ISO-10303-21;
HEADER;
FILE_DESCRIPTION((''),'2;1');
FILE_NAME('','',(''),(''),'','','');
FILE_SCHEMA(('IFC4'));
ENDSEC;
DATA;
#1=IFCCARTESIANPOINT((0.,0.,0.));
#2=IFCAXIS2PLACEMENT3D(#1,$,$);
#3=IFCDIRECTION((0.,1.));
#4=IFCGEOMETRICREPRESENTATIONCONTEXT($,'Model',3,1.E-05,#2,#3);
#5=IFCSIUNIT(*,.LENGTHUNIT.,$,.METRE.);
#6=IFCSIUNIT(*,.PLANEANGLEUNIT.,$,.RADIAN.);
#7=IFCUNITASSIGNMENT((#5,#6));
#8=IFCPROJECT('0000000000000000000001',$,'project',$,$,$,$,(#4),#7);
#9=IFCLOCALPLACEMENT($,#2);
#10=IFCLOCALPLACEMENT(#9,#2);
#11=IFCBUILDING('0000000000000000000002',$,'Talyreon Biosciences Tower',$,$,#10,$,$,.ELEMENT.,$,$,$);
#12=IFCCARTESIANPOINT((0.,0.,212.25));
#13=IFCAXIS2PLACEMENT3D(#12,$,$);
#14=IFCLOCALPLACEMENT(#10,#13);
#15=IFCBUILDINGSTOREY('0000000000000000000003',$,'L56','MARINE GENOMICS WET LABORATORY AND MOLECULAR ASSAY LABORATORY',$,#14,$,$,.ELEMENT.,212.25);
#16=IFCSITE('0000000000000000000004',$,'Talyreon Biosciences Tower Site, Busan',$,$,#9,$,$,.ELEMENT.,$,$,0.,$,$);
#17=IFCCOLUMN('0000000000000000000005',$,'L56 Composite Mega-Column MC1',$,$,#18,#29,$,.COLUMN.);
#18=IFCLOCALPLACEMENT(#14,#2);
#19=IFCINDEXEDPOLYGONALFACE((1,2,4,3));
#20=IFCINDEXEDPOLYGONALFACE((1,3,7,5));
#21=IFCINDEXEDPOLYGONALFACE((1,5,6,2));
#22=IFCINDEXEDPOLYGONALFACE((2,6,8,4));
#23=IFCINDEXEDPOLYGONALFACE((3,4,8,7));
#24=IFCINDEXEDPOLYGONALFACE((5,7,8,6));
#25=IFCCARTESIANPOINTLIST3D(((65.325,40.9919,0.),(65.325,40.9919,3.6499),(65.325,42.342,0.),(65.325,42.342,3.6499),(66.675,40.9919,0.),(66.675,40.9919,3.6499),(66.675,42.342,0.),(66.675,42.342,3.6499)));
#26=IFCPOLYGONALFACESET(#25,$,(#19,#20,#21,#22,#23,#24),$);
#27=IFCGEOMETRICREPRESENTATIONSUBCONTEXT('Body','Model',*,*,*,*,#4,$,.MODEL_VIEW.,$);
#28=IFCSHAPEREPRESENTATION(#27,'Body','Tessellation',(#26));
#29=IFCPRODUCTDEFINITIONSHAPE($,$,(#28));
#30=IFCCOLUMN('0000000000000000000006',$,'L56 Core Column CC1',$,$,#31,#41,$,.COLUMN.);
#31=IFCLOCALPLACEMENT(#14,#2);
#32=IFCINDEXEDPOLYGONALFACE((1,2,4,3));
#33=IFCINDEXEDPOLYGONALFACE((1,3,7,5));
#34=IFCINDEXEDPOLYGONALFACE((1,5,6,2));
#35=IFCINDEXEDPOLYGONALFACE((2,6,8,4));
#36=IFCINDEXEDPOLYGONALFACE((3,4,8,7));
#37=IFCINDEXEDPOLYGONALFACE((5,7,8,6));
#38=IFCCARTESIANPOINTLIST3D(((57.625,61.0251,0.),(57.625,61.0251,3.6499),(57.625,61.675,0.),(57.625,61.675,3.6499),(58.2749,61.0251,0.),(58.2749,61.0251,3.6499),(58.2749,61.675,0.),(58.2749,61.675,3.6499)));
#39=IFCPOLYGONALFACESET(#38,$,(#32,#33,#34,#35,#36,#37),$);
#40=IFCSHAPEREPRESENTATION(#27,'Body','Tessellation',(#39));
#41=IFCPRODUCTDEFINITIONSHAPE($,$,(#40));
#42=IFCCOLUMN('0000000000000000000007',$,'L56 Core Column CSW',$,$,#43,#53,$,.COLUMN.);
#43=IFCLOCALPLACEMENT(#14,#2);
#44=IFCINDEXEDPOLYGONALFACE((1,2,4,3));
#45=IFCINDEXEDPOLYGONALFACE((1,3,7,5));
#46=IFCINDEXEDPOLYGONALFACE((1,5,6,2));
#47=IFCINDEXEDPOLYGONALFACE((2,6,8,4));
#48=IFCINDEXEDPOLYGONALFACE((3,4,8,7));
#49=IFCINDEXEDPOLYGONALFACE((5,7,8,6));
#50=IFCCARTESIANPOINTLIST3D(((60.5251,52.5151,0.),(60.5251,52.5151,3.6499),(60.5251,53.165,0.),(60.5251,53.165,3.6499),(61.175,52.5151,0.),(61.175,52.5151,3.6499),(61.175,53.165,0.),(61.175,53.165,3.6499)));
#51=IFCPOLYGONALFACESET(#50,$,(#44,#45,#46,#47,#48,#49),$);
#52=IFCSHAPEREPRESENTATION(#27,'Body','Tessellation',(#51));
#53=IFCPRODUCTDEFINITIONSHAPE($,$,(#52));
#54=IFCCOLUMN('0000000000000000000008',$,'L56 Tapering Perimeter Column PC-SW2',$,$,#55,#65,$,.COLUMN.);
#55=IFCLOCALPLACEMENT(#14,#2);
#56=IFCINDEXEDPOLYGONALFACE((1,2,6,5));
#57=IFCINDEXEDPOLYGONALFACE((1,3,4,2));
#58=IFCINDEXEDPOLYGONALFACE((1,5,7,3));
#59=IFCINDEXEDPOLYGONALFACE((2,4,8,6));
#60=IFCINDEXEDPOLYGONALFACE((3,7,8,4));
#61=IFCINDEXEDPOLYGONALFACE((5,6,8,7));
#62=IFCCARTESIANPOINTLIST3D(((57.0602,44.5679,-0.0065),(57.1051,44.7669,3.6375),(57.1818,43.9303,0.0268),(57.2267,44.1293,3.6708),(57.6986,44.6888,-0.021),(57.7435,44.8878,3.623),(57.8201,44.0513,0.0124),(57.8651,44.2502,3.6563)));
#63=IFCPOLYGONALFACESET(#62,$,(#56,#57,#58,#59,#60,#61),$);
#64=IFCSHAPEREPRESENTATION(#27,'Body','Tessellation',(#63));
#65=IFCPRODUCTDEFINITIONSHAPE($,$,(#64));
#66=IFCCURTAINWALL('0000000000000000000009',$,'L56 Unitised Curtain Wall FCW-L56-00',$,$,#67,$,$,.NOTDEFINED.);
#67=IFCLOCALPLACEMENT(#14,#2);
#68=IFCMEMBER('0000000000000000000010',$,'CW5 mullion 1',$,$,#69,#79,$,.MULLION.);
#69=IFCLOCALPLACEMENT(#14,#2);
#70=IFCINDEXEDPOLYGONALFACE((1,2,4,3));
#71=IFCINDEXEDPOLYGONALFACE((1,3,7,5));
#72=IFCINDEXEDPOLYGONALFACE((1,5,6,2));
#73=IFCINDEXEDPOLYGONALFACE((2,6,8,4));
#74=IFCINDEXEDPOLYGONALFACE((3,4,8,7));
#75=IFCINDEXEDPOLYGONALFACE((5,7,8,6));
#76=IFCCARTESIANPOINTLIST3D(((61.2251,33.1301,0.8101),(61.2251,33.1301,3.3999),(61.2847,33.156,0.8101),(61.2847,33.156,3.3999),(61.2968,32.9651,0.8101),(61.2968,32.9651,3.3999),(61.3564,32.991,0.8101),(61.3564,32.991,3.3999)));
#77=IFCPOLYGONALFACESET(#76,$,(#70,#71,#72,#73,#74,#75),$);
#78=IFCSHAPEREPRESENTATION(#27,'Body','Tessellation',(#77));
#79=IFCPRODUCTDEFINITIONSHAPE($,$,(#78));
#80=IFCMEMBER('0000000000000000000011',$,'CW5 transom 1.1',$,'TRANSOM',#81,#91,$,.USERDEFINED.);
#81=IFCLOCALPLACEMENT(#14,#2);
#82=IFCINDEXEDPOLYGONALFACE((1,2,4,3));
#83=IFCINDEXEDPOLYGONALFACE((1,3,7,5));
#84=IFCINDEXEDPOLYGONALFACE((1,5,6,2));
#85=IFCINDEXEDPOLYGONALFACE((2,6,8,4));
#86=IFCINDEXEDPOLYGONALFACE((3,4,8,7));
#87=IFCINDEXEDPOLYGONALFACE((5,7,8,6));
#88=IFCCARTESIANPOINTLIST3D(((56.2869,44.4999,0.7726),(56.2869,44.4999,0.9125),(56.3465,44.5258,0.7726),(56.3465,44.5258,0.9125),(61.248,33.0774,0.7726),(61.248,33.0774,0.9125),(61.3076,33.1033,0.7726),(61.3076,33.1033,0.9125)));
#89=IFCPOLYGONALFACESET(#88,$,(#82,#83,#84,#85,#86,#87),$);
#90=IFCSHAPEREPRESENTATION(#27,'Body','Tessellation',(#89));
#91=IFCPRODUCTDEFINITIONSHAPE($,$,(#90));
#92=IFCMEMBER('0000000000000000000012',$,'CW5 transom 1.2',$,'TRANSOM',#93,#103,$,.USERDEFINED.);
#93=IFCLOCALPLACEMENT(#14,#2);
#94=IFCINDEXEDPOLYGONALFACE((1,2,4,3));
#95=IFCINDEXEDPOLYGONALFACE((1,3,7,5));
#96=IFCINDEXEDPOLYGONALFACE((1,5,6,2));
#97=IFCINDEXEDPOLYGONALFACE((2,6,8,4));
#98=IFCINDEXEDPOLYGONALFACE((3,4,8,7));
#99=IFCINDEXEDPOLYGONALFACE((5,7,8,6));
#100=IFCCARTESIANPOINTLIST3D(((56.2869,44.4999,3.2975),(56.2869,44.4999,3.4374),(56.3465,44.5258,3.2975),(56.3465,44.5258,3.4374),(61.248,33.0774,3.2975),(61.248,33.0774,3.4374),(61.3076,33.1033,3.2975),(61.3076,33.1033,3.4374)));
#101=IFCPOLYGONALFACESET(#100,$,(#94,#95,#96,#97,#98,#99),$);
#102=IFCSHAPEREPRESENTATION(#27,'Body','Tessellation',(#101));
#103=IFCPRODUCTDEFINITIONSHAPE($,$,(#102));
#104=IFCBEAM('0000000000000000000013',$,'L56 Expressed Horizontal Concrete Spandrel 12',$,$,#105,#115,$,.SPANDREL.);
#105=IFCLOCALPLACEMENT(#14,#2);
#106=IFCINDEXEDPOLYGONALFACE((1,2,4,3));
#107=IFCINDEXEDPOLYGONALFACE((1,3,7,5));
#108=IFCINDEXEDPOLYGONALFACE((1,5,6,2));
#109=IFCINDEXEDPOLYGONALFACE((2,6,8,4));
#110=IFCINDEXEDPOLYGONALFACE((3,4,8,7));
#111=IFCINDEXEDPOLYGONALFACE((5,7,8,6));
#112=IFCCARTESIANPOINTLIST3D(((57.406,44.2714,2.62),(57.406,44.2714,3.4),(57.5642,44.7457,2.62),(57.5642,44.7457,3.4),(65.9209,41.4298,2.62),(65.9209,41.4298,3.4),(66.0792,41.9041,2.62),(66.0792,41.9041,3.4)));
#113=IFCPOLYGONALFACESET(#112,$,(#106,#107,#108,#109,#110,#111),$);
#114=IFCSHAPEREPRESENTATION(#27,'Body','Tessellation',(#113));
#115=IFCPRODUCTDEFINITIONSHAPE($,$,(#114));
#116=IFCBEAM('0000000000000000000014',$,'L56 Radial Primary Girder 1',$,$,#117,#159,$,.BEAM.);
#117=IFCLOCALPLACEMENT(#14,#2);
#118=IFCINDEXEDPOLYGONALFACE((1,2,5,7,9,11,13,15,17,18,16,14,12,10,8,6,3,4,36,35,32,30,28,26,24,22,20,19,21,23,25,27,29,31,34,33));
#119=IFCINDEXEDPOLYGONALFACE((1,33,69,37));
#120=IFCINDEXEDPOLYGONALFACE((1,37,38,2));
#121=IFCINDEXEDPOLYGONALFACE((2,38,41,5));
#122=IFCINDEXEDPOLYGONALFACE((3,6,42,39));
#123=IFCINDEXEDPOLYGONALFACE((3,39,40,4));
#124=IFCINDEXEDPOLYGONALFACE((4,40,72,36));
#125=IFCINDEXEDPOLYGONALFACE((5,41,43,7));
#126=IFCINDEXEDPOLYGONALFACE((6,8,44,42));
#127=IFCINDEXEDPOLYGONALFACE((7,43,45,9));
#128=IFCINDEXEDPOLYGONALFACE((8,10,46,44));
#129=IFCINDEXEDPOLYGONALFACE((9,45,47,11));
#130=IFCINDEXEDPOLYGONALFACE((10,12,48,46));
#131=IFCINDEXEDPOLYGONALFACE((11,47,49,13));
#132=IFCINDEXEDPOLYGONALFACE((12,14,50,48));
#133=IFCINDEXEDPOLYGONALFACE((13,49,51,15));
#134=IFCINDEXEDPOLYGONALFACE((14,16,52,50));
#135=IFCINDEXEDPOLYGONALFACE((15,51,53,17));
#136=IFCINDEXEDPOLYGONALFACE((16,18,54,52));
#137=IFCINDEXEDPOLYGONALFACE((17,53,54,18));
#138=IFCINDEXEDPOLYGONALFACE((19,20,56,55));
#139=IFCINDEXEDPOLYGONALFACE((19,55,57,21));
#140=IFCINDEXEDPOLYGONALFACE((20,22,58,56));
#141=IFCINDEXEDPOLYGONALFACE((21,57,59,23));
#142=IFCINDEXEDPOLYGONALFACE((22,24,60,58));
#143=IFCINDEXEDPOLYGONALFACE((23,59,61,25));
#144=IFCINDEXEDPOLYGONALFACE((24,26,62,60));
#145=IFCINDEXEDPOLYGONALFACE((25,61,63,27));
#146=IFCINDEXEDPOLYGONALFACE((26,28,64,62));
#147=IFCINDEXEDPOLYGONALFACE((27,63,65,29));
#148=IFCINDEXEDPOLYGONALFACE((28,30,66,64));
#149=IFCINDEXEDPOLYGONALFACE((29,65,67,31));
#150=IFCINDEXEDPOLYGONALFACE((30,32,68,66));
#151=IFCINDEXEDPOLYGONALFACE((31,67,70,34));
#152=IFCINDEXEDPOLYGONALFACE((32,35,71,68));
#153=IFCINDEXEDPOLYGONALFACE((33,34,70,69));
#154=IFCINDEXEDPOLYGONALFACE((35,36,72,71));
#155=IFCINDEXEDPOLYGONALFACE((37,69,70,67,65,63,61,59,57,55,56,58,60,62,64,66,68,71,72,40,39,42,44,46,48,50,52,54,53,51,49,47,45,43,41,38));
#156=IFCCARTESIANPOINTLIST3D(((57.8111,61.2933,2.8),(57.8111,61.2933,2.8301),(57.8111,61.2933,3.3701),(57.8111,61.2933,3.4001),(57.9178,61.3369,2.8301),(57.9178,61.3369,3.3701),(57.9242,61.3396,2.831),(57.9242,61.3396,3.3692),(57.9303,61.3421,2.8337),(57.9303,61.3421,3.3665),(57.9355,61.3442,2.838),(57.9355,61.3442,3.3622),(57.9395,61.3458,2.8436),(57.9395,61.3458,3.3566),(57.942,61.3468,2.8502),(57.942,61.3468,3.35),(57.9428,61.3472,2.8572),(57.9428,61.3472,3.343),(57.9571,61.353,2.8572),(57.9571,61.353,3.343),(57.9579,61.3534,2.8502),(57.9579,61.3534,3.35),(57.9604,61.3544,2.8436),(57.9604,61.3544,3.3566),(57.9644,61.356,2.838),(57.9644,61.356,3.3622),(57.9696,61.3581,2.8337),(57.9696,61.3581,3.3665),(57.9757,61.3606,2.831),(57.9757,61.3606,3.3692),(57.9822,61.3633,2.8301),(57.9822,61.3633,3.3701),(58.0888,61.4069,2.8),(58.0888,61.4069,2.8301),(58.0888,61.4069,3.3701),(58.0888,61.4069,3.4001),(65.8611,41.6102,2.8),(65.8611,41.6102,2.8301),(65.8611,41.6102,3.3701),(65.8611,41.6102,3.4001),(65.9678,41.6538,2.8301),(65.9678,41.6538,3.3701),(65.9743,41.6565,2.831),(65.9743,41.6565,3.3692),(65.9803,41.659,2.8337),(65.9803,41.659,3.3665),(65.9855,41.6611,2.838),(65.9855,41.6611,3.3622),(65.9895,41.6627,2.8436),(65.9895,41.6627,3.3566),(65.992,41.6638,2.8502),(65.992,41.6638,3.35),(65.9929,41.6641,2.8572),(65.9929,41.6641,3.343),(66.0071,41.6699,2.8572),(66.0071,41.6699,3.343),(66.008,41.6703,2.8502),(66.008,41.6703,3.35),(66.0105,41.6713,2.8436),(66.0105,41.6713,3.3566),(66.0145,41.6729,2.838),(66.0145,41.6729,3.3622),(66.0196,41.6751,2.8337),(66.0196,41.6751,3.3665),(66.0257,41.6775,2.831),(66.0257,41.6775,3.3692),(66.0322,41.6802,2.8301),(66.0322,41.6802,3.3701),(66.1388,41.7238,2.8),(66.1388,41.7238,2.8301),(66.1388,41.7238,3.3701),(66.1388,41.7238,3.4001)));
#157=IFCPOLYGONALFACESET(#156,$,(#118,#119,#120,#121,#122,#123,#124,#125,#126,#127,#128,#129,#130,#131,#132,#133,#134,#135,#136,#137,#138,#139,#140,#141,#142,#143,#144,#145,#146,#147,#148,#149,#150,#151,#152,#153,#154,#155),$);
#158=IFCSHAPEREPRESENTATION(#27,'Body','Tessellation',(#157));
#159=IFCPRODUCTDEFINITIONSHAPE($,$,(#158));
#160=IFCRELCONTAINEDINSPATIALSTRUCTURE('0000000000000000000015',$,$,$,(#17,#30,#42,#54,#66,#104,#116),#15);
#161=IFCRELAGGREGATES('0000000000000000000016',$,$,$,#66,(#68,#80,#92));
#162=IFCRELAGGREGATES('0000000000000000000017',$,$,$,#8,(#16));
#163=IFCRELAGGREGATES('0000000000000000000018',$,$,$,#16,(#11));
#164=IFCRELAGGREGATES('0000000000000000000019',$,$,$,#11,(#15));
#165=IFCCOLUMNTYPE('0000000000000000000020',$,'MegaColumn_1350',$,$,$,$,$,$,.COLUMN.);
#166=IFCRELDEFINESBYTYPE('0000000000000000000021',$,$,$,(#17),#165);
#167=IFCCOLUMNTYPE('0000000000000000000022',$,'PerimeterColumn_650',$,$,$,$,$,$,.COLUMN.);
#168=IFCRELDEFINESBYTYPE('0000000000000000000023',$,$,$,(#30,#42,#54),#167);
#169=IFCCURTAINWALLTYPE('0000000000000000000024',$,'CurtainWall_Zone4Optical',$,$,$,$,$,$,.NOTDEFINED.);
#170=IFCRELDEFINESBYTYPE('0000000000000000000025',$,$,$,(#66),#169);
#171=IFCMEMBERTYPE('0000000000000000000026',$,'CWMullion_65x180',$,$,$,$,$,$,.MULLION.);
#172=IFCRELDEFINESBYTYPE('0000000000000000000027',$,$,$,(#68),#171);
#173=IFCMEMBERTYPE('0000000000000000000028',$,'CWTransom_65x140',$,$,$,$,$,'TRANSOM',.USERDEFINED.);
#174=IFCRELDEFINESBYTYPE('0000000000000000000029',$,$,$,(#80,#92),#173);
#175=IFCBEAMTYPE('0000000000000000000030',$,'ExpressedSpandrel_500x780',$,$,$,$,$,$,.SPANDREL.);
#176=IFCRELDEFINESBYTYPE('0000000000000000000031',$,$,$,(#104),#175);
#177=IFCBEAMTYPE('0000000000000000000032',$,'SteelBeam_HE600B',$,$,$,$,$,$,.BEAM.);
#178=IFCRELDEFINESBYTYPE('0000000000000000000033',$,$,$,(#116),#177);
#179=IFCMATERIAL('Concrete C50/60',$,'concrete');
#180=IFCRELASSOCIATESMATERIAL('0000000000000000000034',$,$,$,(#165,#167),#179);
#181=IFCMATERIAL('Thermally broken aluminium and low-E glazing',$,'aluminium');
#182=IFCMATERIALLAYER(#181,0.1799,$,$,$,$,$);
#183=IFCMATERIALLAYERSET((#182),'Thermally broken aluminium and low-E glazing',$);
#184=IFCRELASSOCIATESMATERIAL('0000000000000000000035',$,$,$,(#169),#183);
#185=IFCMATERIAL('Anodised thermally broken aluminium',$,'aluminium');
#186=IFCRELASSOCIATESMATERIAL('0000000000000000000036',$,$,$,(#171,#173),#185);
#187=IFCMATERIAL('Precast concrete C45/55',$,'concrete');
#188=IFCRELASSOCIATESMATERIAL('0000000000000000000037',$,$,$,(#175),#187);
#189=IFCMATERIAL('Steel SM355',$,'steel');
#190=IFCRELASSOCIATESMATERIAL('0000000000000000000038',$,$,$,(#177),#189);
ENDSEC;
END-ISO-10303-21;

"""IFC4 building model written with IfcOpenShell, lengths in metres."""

from ifc_helpers import new_model, si_unit, direction, frame, origin, origin_2d, place, context, subcontext, project, spatial, rectangle, i_section, extrude, material, layer, layer_set, material_profile, profile_set, type_object, element, aggregate, save


model = new_model("IFC4")

# Units and contexts
model_context = context("Model", 3, precision=1e-05, world=origin(), true_north=direction((0.0, 1.0)))
body_context = subcontext(model_context, "Body", "Model", "MODEL_VIEW")
ifc_project = project(units=[si_unit("LENGTHUNIT", "METRE"), si_unit("PLANEANGLEUNIT", "RADIAN")], contexts=[model_context])

# Site, building, storey
site_placement = place(None, origin())
site = spatial("IfcSite", under=ifc_project, at=site_placement, Name="Talyreon Biosciences Tower Site, Busan", CompositionType="ELEMENT", RefElevation=0.0)
building_placement = place(site_placement, origin())
building = spatial("IfcBuilding", under=site, at=building_placement, Name="Talyreon Biosciences Tower", CompositionType="ELEMENT")
storey_placement = place(building_placement, frame((0.0, 0.0, 212.25)))
storey = spatial("IfcBuildingStorey", under=building, at=storey_placement, Name="L56", Description="MARINE GENOMICS WET LABORATORY AND MOLECULAR ASSAY LABORATORY", CompositionType="ELEMENT", Elevation=212.25)

# Columns
ifc_material_1 = material(Name="Concrete C50/60", Category="concrete")
ifc_material_profile_1 = material_profile(ifc_material_1, rectangle(XDim=1.3501, YDim=1.3501, at=origin_2d()), Name="RC 1350x1350")
ifc_profile_set_1 = profile_set([ifc_material_profile_1], Name="Concrete C50/60")
column_type_1 = type_object("IfcColumnType", Name="MegaColumn_1350", PredefinedType="COLUMN", material=ifc_profile_set_1)
column_1_placement = place(storey_placement, frame((66.0, 41.667, 0.0), z_axis=(0.0, 0.0, 1.0), x_axis=(1.0, 0.0, 0.0)))
element("IfcColumn", 1, at=column_1_placement, inside=storey, type_object=column_type_1, Name="L56 Composite Mega-Column MC1", PredefinedType="COLUMN", context=body_context, shape_type="SweptSolid", body=[
    extrude(rectangle(XDim=1.3501, YDim=1.3501, at=origin_2d()), origin(), (0.0, 0.0, 1.0), 3.6499),
])
ifc_material_profile_2 = material_profile(ifc_material_1, rectangle(XDim=0.6499, YDim=0.6499, at=origin_2d()), Name="RC 650x650")
ifc_profile_set_2 = profile_set([ifc_material_profile_2], Name="Concrete C50/60")
column_type_2 = type_object("IfcColumnType", Name="PerimeterColumn_650", PredefinedType="COLUMN", material=ifc_profile_set_2)
for number, where, z_axis, x_axis, name in (
    (2, (57.95, 61.3501, 0.0), (0.0, 0.0, 1.0), (1.0, 0.0, 0.0), "L56 Core Column CC1"),
    (3, (60.8501, 52.8401, 0.0), (0.0, 0.0, 1.0), (1.0, 0.0, 0.0), "L56 Core Column CSW"),
):
    element("IfcColumn", number, at=place(storey_placement, frame(where, z_axis=z_axis, x_axis=x_axis)), inside=storey, type_object=column_type_2, Name=name, PredefinedType="COLUMN", context=body_context, shape_type="SweptSolid", body=[
        extrude(rectangle(XDim=0.6499, YDim=0.6499, at=origin_2d()), origin(), (0.0, 0.0, 1.0), 3.6499),
    ])
column_2_placement = place(storey_placement, frame((57.4402, 44.3096, 0.0029), z_axis=(0.012308, 0.054517, 0.998437), x_axis=(-0.187008, 0.98102, -0.051261)))
element("IfcColumn", 4, at=column_2_placement, inside=storey, type_object=column_type_2, Name="L56 Tapering Perimeter Column PC-SW2", PredefinedType="COLUMN", context=body_context, shape_type="SweptSolid", body=[
    extrude(rectangle(XDim=0.6499, YDim=0.6499, at=origin_2d()), origin(), (0.0, 0.0, 1.0), 3.6497),
])

# Curtain wall, members
ifc_material_2 = material(Name="Thermally broken aluminium and low-E glazing", Category="aluminium")
ifc_layer_1 = layer(ifc_material_2, 0.1799)
ifc_layer_set_1 = layer_set([ifc_layer_1], Name="Thermally broken aluminium and low-E glazing")
curtain_wall_type = type_object("IfcCurtainWallType", Name="CurtainWall_Zone4Optical", PredefinedType="NOTDEFINED", material=ifc_layer_set_1)
curtain_wall_placement = place(storey_placement, origin())
curtain_wall = element("IfcCurtainWall", 5, at=curtain_wall_placement, inside=storey, type_object=curtain_wall_type, Name="L56 Unitised Curtain Wall FCW-L56-00", PredefinedType="NOTDEFINED")
ifc_material_3 = material(Name="Anodised thermally broken aluminium", Category="aluminium")
ifc_material_profile_3 = material_profile(ifc_material_3, rectangle(XDim=0.0649, YDim=0.1799, at=origin_2d()), Name="ALUM MULLION 65x180")
ifc_profile_set_3 = profile_set([ifc_material_profile_3], Name="Anodised thermally broken aluminium")
member_type_1 = type_object("IfcMemberType", Name="CWMullion_65x180", PredefinedType="MULLION", material=ifc_profile_set_3)
member_1_placement = place(storey_placement, frame((61.2908, 33.0605, 0.8101), z_axis=(0.0, 0.0, 1.0), x_axis=(-0.917222, -0.398376, 0.0)))
member_1 = element("IfcMember", 6, at=member_1_placement, type_object=member_type_1, Name="CW5 mullion 1", PredefinedType="MULLION", context=body_context, shape_type="SweptSolid", body=[
    extrude(rectangle(XDim=0.0649, YDim=0.1799, at=origin_2d()), origin(), (0.0, 0.0, 1.0), 2.5898),
])
ifc_material_profile_4 = material_profile(ifc_material_3, rectangle(XDim=0.0649, YDim=0.1399, at=origin_2d()), Name="ALUM TRANSOM 65x140")
ifc_profile_set_4 = profile_set([ifc_material_profile_4], Name="Anodised thermally broken aluminium")
member_type_2 = type_object("IfcMemberType", Name="CWTransom_65x140", ElementType="TRANSOM", PredefinedType="USERDEFINED", material=ifc_profile_set_4)
member_2_placement = place(storey_placement, frame((61.2778, 33.0903, 0.8425), z_axis=(-0.398377, 0.917222, 0.0), x_axis=(-0.917222, -0.398377, 0.0)))
member_2 = element("IfcMember", 7, at=member_2_placement, type_object=member_type_2, Name="CW5 transom 1.1", ObjectType="TRANSOM", PredefinedType="USERDEFINED", context=body_context, shape_type="SweptSolid", body=[
    extrude(rectangle(XDim=0.0649, YDim=0.1399, at=origin_2d()), origin(), (0.0, 0.0, 1.0), 12.4534),
])
member_3_placement = place(storey_placement, frame((61.2778, 33.0903, 3.3674), z_axis=(-0.398377, 0.917222, 0.0), x_axis=(-0.917222, -0.398377, 0.0)))
member_3 = element("IfcMember", 8, at=member_3_placement, type_object=member_type_2, Name="CW5 transom 1.2", ObjectType="TRANSOM", PredefinedType="USERDEFINED", context=body_context, shape_type="SweptSolid", body=[
    extrude(rectangle(XDim=0.0649, YDim=0.1399, at=origin_2d()), origin(), (0.0, 0.0, 1.0), 12.4534),
])

# Beams
ifc_material_4 = material(Name="Precast concrete C45/55", Category="concrete")
ifc_material_profile_5 = material_profile(ifc_material_4, rectangle(XDim=0.5, YDim=0.78, at=origin_2d()), Name="RCB 500x780")
ifc_profile_set_5 = profile_set([ifc_material_profile_5], Name="Precast concrete C45/55")
beam_type_1 = type_object("IfcBeamType", Name="ExpressedSpandrel_500x780", PredefinedType="SPANDREL", material=ifc_profile_set_5)
beam_1_placement = place(storey_placement, frame((57.4851, 44.5085, 3.01), z_axis=(0.948574, -0.316554, 0.0), x_axis=(0.316554, 0.948574, 0.0)))
element("IfcBeam", 9, at=beam_1_placement, inside=storey, type_object=beam_type_1, Name="L56 Expressed Horizontal Concrete Spandrel 12", PredefinedType="SPANDREL", context=body_context, shape_type="SweptSolid", body=[
    extrude(rectangle(XDim=0.5, YDim=0.78, at=origin_2d()), origin(), (0.0, 0.0, 1.0), 8.9766),
])
ifc_material_5 = material(Name="Steel SM355", Category="steel")
ifc_material_profile_6 = material_profile(ifc_material_5, i_section(OverallWidth=0.3, OverallDepth=0.6001, WebThickness=0.0154, FlangeThickness=0.03, FilletRadius=0.0271, at=origin_2d()), Name="HE600B")
ifc_profile_set_6 = profile_set([ifc_material_profile_6], Name="Steel SM355")
beam_type_2 = type_object("IfcBeamType", Name="SteelBeam_HE600B", PredefinedType="BEAM", material=ifc_profile_set_6)
beam_2_placement = place(storey_placement, frame((57.95, 61.3501, 3.1001), z_axis=(0.378547, -0.925582, 0.0), x_axis=(0.925582, 0.378547, 0.0)))
element("IfcBeam", 10, at=beam_2_placement, inside=storey, type_object=beam_type_2, Name="L56 Radial Primary Girder 1", PredefinedType="BEAM", context=body_context, shape_type="SweptSolid", body=[
    extrude(i_section(OverallWidth=0.3, OverallDepth=0.6001, WebThickness=0.0154, FlangeThickness=0.03, FilletRadius=0.0271, at=origin_2d()), origin(), (0.0, 0.0, 1.0), 21.2656),
])

aggregate(curtain_wall, [member_1, member_2, member_3])

save(model, "model.ifc")
